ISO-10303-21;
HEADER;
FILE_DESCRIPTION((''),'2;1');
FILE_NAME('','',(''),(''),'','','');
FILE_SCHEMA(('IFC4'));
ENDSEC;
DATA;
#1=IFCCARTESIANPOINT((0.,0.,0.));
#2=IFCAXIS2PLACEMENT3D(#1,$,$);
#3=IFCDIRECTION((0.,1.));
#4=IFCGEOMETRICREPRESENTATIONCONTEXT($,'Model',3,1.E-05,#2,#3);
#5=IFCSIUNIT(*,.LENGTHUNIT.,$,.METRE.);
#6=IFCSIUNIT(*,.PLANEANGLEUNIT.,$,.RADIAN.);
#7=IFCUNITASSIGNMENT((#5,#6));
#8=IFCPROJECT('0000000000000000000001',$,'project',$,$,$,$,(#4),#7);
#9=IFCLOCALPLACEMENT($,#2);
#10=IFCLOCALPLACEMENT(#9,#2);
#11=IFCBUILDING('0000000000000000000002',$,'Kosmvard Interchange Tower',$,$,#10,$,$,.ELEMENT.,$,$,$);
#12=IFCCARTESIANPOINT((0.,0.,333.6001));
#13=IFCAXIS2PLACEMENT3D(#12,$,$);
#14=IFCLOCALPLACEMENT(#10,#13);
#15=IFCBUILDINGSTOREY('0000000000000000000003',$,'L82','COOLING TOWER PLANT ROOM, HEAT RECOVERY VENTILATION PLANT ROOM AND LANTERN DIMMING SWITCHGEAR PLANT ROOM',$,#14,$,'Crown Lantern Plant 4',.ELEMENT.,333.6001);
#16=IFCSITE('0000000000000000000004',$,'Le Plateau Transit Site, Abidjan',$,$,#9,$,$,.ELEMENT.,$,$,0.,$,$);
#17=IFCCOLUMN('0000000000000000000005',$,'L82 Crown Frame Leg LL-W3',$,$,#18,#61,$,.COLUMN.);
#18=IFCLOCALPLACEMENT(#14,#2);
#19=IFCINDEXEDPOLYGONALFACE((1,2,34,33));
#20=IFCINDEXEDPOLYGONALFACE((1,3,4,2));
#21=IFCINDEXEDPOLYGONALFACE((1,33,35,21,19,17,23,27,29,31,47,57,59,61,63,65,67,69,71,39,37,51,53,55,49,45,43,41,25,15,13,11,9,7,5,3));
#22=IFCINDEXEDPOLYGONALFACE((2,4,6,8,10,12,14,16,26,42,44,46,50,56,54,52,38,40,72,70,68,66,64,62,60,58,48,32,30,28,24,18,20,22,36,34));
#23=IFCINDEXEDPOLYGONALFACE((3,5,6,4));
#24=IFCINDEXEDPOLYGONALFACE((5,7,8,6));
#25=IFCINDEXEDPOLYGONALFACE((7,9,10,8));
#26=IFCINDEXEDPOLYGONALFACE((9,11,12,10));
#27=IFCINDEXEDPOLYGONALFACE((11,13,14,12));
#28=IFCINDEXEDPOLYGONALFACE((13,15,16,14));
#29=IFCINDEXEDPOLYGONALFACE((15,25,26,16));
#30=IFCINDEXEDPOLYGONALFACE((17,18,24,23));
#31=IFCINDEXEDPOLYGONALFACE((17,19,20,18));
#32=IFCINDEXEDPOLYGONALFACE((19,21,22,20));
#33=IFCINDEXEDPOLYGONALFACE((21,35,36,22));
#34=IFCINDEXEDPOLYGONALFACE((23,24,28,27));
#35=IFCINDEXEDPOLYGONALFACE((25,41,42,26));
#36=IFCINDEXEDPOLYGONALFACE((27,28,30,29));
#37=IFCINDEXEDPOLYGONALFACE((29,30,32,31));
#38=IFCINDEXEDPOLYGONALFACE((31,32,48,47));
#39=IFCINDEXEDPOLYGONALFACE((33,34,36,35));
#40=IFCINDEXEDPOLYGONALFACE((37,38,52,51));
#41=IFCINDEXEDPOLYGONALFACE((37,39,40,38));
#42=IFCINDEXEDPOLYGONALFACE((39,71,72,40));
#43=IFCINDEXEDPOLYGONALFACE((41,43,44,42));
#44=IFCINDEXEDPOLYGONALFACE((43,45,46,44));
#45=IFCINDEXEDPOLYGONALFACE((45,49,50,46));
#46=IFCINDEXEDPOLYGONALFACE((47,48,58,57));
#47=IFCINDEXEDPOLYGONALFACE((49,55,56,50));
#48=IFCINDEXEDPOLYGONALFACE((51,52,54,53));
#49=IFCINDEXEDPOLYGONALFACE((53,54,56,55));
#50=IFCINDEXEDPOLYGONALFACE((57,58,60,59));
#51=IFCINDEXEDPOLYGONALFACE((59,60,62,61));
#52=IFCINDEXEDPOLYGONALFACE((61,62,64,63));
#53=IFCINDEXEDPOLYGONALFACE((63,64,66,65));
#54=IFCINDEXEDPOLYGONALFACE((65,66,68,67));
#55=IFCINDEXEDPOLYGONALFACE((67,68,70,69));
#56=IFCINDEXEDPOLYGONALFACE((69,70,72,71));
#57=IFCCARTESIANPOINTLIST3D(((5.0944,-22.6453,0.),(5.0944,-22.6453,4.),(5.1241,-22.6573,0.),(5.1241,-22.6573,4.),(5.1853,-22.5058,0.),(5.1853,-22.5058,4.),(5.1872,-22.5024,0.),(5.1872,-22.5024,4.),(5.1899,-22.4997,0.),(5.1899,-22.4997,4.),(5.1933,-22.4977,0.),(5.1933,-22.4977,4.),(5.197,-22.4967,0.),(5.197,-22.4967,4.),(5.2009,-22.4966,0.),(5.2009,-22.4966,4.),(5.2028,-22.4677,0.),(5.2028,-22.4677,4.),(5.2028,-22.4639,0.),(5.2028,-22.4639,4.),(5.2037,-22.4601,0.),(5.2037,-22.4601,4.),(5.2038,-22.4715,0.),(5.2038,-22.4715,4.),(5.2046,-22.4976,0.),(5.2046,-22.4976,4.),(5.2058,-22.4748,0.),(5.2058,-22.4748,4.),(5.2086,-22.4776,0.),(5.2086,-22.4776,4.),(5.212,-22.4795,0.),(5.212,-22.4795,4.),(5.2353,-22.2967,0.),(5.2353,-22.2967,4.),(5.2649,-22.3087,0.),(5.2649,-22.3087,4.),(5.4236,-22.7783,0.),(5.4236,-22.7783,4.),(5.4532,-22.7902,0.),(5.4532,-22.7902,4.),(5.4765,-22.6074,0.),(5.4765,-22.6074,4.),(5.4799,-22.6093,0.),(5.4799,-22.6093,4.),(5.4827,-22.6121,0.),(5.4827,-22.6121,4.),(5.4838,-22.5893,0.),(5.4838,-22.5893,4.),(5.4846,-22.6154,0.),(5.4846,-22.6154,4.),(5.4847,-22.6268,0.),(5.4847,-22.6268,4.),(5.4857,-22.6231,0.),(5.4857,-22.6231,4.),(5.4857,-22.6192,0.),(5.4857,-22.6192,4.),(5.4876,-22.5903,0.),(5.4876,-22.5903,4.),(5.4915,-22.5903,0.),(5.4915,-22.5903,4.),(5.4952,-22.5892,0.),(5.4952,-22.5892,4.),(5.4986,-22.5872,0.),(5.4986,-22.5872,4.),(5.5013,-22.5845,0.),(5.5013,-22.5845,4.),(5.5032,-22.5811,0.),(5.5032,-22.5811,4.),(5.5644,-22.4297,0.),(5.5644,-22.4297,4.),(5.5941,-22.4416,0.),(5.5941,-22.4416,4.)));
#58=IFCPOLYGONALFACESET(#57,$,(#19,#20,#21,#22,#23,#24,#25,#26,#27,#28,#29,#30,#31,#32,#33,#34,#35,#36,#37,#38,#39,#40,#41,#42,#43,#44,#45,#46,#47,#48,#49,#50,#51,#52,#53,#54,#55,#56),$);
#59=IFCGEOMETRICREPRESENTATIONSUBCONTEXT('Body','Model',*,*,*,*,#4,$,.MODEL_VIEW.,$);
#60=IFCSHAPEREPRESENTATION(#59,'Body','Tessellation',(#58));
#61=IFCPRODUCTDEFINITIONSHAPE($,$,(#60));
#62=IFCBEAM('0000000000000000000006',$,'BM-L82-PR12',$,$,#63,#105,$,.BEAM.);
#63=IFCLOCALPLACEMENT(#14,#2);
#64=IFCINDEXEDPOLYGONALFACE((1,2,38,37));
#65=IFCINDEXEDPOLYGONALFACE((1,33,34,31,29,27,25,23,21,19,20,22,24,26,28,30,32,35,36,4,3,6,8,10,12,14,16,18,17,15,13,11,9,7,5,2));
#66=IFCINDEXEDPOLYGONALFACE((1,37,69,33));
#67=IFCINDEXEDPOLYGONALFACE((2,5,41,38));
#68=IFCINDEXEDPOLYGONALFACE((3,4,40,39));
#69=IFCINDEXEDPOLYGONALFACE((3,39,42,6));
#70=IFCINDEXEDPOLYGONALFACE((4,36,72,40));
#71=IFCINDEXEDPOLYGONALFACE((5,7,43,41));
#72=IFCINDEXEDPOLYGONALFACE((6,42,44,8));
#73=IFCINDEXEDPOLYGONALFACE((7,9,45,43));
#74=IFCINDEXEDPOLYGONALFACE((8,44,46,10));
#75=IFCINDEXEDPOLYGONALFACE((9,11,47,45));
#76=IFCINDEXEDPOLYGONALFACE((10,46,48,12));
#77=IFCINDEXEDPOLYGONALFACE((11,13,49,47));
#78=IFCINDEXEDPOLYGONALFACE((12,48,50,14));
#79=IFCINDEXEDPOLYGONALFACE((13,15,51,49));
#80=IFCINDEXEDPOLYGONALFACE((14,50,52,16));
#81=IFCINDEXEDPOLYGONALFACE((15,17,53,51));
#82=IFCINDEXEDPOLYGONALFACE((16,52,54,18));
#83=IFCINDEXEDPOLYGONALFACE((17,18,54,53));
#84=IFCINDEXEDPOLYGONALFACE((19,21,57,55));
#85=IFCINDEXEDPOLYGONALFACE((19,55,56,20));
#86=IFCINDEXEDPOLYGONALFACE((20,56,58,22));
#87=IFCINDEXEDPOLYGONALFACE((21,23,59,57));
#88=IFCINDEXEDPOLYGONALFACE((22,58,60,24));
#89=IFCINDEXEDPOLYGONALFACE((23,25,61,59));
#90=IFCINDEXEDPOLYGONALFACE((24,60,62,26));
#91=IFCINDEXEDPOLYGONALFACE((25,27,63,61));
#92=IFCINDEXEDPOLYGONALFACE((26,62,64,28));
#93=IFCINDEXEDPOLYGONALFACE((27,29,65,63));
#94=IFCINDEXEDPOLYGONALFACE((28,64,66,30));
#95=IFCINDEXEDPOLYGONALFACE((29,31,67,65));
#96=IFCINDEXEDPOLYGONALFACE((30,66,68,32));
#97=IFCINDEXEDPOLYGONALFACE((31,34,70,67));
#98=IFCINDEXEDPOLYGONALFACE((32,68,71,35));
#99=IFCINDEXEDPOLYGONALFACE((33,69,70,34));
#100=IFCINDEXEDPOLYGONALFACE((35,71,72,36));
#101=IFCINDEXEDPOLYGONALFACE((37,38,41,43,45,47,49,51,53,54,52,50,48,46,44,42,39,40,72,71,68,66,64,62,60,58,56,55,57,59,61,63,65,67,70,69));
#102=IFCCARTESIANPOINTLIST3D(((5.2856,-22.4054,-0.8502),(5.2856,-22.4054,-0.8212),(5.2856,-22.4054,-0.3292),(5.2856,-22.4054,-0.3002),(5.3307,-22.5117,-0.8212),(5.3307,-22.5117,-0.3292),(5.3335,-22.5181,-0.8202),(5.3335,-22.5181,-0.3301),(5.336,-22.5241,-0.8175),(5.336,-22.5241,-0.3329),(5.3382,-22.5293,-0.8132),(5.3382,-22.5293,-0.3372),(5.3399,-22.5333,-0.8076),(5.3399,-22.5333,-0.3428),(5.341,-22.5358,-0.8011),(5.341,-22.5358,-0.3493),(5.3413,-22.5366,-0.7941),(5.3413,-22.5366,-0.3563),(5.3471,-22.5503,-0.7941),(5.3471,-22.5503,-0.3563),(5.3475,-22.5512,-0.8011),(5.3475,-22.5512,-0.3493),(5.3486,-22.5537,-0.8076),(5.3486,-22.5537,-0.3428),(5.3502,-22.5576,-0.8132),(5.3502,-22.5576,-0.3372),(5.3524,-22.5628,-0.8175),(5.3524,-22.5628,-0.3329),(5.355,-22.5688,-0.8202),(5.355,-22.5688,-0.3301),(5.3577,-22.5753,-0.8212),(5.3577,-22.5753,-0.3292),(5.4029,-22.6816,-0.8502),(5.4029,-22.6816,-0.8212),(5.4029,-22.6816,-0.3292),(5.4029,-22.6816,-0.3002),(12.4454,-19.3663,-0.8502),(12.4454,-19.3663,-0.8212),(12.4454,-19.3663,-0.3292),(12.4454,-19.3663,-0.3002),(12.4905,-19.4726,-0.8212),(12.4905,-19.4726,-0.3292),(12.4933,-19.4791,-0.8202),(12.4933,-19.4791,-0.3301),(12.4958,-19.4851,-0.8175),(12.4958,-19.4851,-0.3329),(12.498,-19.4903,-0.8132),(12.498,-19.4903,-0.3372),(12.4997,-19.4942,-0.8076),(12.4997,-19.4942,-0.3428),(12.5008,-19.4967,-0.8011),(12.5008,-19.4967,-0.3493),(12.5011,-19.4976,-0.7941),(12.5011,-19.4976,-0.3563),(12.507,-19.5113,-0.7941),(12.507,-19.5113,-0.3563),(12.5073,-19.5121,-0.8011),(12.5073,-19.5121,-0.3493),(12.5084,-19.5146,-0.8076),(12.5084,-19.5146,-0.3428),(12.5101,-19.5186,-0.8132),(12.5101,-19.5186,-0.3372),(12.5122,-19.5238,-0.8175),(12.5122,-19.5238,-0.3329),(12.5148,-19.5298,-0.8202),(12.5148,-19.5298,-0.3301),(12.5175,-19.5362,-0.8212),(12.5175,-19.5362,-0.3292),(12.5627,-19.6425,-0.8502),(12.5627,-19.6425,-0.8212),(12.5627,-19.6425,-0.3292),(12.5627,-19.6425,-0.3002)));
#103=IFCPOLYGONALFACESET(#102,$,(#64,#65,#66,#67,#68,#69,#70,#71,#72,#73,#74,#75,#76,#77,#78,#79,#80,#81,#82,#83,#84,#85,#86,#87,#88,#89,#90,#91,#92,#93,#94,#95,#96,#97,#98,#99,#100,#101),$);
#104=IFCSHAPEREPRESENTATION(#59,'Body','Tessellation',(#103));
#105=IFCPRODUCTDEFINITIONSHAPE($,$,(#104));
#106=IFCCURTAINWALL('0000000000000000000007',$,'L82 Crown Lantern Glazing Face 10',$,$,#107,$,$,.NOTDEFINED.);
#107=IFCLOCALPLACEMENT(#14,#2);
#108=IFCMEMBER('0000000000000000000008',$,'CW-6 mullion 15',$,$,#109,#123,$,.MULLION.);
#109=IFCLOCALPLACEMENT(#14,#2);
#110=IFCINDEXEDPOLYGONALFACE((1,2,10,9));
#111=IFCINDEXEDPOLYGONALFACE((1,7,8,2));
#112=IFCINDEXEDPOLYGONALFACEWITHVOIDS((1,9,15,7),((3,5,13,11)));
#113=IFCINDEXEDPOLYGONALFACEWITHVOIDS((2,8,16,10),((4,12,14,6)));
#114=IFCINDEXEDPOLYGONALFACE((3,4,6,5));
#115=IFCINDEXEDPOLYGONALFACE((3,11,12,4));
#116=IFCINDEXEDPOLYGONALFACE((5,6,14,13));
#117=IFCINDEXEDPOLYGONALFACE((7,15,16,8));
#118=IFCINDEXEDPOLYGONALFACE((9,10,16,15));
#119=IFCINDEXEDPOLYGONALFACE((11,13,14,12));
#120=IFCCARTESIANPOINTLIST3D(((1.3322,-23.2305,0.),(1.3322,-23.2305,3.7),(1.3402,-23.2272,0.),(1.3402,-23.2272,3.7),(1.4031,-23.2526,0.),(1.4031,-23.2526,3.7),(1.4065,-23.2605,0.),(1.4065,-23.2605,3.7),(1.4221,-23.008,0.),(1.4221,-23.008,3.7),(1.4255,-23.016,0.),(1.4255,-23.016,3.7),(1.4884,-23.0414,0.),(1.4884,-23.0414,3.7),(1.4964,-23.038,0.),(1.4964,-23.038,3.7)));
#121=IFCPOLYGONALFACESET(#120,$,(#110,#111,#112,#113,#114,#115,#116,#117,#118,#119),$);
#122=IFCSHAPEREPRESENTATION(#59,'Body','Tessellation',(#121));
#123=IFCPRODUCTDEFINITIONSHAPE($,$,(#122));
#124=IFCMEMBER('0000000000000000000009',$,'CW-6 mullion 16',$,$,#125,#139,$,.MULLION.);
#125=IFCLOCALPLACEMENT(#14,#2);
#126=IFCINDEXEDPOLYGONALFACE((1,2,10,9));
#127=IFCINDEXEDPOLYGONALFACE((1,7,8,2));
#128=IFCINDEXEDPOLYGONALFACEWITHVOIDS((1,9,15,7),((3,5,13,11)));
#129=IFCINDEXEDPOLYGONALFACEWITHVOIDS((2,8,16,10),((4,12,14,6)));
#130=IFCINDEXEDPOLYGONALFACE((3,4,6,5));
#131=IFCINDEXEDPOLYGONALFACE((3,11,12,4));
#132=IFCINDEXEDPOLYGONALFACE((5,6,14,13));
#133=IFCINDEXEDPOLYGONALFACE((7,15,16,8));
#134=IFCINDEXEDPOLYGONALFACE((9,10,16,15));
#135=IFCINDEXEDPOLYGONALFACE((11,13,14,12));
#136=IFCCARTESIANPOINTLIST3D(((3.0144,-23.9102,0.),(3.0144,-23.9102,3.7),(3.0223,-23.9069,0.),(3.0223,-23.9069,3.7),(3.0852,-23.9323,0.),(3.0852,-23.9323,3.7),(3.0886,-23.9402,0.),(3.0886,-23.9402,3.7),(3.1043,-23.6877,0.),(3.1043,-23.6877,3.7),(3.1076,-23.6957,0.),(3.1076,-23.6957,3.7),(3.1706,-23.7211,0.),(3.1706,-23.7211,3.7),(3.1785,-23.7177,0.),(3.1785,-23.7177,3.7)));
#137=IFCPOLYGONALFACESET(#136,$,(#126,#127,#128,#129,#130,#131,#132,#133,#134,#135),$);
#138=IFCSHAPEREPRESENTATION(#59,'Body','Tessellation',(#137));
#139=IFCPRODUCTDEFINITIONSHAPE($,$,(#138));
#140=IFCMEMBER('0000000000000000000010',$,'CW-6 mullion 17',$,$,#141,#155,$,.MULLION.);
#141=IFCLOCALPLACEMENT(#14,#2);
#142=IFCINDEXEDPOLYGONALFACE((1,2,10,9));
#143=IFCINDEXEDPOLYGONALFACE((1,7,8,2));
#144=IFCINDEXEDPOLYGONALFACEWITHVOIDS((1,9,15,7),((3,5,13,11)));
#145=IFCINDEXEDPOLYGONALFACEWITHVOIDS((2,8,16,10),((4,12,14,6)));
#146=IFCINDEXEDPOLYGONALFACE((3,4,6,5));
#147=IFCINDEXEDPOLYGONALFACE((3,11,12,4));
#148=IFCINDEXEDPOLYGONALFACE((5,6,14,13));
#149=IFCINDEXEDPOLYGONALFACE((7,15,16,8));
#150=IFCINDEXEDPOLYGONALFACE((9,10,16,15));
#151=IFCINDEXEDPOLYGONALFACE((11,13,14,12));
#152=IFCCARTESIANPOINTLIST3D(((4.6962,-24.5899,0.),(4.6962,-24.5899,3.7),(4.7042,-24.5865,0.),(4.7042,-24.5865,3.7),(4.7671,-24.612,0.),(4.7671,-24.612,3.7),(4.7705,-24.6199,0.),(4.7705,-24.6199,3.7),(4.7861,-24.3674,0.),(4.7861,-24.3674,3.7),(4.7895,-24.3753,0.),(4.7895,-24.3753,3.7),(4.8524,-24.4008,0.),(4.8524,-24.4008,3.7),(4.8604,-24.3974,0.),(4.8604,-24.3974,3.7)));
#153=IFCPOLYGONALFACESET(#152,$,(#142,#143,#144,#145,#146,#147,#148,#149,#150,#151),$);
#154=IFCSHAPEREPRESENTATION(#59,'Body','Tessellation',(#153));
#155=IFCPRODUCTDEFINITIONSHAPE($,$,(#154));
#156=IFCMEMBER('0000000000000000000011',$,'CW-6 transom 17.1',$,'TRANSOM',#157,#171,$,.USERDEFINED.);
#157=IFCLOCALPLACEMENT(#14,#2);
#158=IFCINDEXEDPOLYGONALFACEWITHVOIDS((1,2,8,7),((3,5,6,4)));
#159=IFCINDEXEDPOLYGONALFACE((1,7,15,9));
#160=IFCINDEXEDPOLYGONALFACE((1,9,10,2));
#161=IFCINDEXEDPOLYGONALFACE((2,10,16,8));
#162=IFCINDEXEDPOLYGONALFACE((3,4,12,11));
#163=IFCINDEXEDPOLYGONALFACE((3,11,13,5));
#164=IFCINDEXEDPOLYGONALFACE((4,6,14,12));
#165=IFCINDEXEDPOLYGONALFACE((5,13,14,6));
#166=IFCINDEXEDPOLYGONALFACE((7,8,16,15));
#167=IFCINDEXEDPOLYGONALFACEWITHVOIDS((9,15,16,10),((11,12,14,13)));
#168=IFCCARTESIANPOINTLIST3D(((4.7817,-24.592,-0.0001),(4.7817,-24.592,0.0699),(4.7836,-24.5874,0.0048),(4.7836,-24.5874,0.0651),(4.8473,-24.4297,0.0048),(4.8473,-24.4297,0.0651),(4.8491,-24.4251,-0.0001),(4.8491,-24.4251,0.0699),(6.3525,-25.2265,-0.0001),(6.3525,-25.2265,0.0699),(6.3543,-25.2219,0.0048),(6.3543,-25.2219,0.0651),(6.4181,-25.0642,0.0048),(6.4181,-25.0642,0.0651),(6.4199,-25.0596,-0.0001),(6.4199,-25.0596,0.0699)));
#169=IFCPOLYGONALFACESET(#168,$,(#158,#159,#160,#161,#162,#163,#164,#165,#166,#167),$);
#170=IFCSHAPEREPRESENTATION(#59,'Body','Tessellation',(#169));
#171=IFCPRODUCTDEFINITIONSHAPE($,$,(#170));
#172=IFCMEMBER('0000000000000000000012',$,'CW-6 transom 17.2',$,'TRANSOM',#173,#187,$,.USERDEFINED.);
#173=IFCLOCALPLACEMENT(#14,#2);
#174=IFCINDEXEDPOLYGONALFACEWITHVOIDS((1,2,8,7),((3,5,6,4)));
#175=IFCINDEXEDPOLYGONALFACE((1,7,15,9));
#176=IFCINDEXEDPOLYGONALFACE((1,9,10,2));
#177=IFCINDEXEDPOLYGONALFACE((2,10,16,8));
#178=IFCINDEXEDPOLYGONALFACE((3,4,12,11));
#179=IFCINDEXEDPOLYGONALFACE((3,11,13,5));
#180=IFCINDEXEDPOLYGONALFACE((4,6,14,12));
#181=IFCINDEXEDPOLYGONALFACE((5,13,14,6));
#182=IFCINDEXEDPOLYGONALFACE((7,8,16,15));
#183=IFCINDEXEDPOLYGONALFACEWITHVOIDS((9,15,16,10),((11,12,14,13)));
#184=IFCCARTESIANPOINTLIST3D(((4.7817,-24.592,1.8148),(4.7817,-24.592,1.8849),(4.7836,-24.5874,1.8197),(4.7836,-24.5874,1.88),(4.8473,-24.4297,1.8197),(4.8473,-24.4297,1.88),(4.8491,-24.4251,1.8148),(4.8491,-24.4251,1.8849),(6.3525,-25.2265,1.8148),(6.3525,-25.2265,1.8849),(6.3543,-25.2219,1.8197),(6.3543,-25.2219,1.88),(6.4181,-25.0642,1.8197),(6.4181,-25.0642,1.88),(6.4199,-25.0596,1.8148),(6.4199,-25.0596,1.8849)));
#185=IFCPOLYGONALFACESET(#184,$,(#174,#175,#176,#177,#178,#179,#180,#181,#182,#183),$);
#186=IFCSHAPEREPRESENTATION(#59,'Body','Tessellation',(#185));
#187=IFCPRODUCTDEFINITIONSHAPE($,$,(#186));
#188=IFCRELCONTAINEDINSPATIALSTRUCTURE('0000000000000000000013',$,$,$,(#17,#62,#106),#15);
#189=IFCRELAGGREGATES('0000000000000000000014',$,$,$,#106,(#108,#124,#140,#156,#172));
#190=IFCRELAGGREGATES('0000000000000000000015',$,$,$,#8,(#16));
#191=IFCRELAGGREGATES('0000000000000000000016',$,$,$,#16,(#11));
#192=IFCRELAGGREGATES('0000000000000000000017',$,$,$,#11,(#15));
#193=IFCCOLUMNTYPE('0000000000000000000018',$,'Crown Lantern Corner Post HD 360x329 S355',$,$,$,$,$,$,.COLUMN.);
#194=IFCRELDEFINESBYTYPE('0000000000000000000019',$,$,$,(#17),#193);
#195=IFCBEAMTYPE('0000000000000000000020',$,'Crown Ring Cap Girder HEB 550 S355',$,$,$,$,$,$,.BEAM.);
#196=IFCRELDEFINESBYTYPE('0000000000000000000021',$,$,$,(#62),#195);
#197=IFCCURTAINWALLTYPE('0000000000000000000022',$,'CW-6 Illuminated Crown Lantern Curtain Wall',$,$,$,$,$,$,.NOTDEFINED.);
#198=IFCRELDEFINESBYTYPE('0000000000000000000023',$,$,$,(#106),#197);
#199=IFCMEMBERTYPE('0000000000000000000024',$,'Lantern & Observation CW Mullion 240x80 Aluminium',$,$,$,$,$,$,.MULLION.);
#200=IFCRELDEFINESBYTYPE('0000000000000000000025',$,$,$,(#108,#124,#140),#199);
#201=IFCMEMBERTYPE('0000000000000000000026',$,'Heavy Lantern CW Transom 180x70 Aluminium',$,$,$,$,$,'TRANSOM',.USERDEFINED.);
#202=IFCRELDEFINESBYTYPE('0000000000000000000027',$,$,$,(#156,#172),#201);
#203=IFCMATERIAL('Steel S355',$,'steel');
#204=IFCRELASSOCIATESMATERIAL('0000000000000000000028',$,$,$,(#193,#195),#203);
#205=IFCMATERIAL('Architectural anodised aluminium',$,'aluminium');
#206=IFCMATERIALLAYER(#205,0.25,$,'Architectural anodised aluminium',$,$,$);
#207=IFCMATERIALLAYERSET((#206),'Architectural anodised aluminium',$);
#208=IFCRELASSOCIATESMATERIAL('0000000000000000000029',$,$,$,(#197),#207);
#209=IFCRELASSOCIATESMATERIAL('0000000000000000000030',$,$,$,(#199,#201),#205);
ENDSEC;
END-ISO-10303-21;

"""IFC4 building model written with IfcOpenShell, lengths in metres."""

from ifc_helpers import new_model, si_unit, direction, frame, origin, origin_2d, place, context, subcontext, project, spatial, hollow_rectangle, i_section, extrude, source, transform, mapped, material, layer, layer_set, material_profile, profile_set, type_object, element, aggregate, save


model = new_model("IFC4")

# Units and contexts
model_context = context("Model", 3, precision=1e-05, world=origin(), true_north=direction((0.0, 1.0)))
body_context = subcontext(model_context, "Body", "Model", "MODEL_VIEW")
ifc_project = project(units=[si_unit("LENGTHUNIT", "METRE"), si_unit("PLANEANGLEUNIT", "RADIAN")], contexts=[model_context])

# Site, building, storey
site_placement = place(None, origin())
site = spatial("IfcSite", under=ifc_project, at=site_placement, Name="Le Plateau Transit Site, Abidjan", CompositionType="ELEMENT", RefElevation=0.0)
building_placement = place(site_placement, origin())
building = spatial("IfcBuilding", under=site, at=building_placement, Name="Kosmvard Interchange Tower", CompositionType="ELEMENT")
storey_placement = place(building_placement, frame((0.0, 0.0, 333.6001)))
storey = spatial("IfcBuildingStorey", under=building, at=storey_placement, Name="L82", Description="COOLING TOWER PLANT ROOM, HEAT RECOVERY VENTILATION PLANT ROOM AND LANTERN DIMMING SWITCHGEAR PLANT ROOM", LongName="Crown Lantern Plant 4", CompositionType="ELEMENT", Elevation=333.6001)

# Column
ifc_material_1 = material(Name="Steel S355", Category="steel")
ifc_material_profile_1 = material_profile(ifc_material_1, i_section(OverallWidth=0.376, OverallDepth=0.387, WebThickness=0.0195, FlangeThickness=0.032, FilletRadius=0.0149, at=origin_2d()), Name="HD 360x329")
ifc_profile_set_1 = profile_set([ifc_material_profile_1], Name="Steel S355")
column_type = type_object("IfcColumnType", Name="Crown Lantern Corner Post HD 360x329 S355", PredefinedType="COLUMN", material=ifc_profile_set_1)
shared_shape_1 = source(origin(), body_context, "Body", "SweptSolid", [
    extrude(i_section(OverallWidth=0.376, OverallDepth=0.387, WebThickness=0.0195, FlangeThickness=0.032, FilletRadius=0.0149, at=origin_2d()), origin(), (0.0, 0.0, 1.0), 4.0),
])
column_placement = place(storey_placement, frame((5.3442, -22.5435, 0.0), z_axis=(0.0, 0.0, 1.0), x_axis=(0.374607, 0.927184, 0.0)))
element("IfcColumn", 1, at=column_placement, inside=storey, type_object=column_type, Name="L82 Crown Frame Leg LL-W3", PredefinedType="COLUMN", context=body_context, shape_type="MappedRepresentation", body=[
    mapped(shared_shape_1, transform((0.0, 0.0, 0.0), scale=1.0)),
])

# Beam
ifc_material_profile_2 = material_profile(ifc_material_1, i_section(OverallWidth=0.3, OverallDepth=0.55, WebThickness=0.0149, FlangeThickness=0.0291, FilletRadius=0.0271, at=origin_2d()), Name="HEB 550")
ifc_profile_set_2 = profile_set([ifc_material_profile_2], Name="Steel S355")
beam_type = type_object("IfcBeamType", Name="Crown Ring Cap Girder HEB 550 S355", PredefinedType="BEAM", material=ifc_profile_set_2)
shared_shape_2 = source(origin(), body_context, "Body", "SweptSolid", [
    extrude(i_section(OverallWidth=0.3, OverallDepth=0.55, WebThickness=0.0149, FlangeThickness=0.0291, FilletRadius=0.0271, at=origin_2d()), origin(), (0.0, 0.0, 1.0), 7.7781),
])
beam_placement = place(storey_placement, frame((5.3442, -22.5435, -0.5752), z_axis=(0.920511, 0.390716, 0.0), x_axis=(-0.390716, 0.920511, 0.0)))
element("IfcBeam", 2, at=beam_placement, inside=storey, type_object=beam_type, Name="BM-L82-PR12", PredefinedType="BEAM", context=body_context, shape_type="MappedRepresentation", body=[
    mapped(shared_shape_2, transform((0.0, 0.0, 0.0), scale=1.0)),
])

# Curtain wall, members
ifc_material_2 = material(Name="Architectural anodised aluminium", Category="aluminium")
ifc_layer_1 = layer(ifc_material_2, 0.25, Name="Architectural anodised aluminium")
ifc_layer_set_1 = layer_set([ifc_layer_1], Name="Architectural anodised aluminium")
curtain_wall_type = type_object("IfcCurtainWallType", Name="CW-6 Illuminated Crown Lantern Curtain Wall", PredefinedType="NOTDEFINED", material=ifc_layer_set_1)
curtain_wall_placement = place(storey_placement, origin())
curtain_wall = element("IfcCurtainWall", 3, at=curtain_wall_placement, inside=storey, type_object=curtain_wall_type, Name="L82 Crown Lantern Glazing Face 10", PredefinedType="NOTDEFINED")
ifc_material_profile_3 = material_profile(ifc_material_2, hollow_rectangle(XDim=0.24, YDim=0.0801, WallThickness=0.0061, at=origin_2d()), Name="CWM 240x80x6")
ifc_profile_set_3 = profile_set([ifc_material_profile_3], Name="Architectural anodised aluminium")
member_type_1 = type_object("IfcMemberType", Name="Lantern & Observation CW Mullion 240x80 Aluminium", PredefinedType="MULLION", material=ifc_profile_set_3)
shared_shape_3 = source(origin(), body_context, "Body", "SweptSolid", [
    extrude(hollow_rectangle(XDim=0.24, YDim=0.0801, WallThickness=0.0061, at=origin_2d()), origin(), (0.0, 0.0, 1.0), 3.7),
])
member_1_placement = place(storey_placement, frame((1.4143, -23.1343, 0.0), z_axis=(0.0, 0.0, 1.0), x_axis=(0.374607, 0.927184, 0.0)))
member_1 = element("IfcMember", 4, at=member_1_placement, type_object=member_type_1, Name="CW-6 mullion 15", PredefinedType="MULLION", context=body_context, shape_type="MappedRepresentation", body=[
    mapped(shared_shape_3, transform((0.0, 0.0, 0.0), scale=1.0)),
])
member_2_placement = place(storey_placement, frame((3.0964, -23.814, 0.0), z_axis=(0.0, 0.0, 1.0), x_axis=(0.374607, 0.927184, 0.0)))
member_2 = element("IfcMember", 5, at=member_2_placement, type_object=member_type_1, Name="CW-6 mullion 16", PredefinedType="MULLION", context=body_context, shape_type="MappedRepresentation", body=[
    mapped(shared_shape_3, transform((0.0, 0.0, 0.0), scale=1.0)),
])
member_3_placement = place(storey_placement, frame((4.7783, -24.4937, 0.0), z_axis=(0.0, 0.0, 1.0), x_axis=(0.374607, 0.927184, 0.0)))
member_3 = element("IfcMember", 6, at=member_3_placement, type_object=member_type_1, Name="CW-6 mullion 17", PredefinedType="MULLION", context=body_context, shape_type="MappedRepresentation", body=[
    mapped(shared_shape_3, transform((0.0, 0.0, 0.0), scale=1.0)),
])
ifc_material_profile_4 = material_profile(ifc_material_2, hollow_rectangle(XDim=0.1799, YDim=0.0701, WallThickness=0.0049, at=origin_2d()), Name="CWT 180x70x5")
ifc_profile_set_4 = profile_set([ifc_material_profile_4], Name="Architectural anodised aluminium")
member_type_2 = type_object("IfcMemberType", Name="Heavy Lantern CW Transom 180x70 Aluminium", ElementType="TRANSOM", PredefinedType="USERDEFINED", material=ifc_profile_set_4)
shared_shape_4 = source(origin(), body_context, "Body", "SweptSolid", [
    extrude(hollow_rectangle(XDim=0.1799, YDim=0.0701, WallThickness=0.0049, at=origin_2d()), origin(), (0.0, 0.0, 1.0), 1.6941),
])
member_4_placement = place(storey_placement, frame((4.8154, -24.5085, 0.0349), z_axis=(0.927209, -0.374544, 0.0), x_axis=(0.374544, 0.927209, 0.0)))
member_4 = element("IfcMember", 7, at=member_4_placement, type_object=member_type_2, Name="CW-6 transom 17.1", ObjectType="TRANSOM", PredefinedType="USERDEFINED", context=body_context, shape_type="MappedRepresentation", body=[
    mapped(shared_shape_4, transform((0.0, 0.0, 0.0), scale=1.0)),
])
member_5_placement = place(storey_placement, frame((4.8154, -24.5085, 1.8499), z_axis=(0.927209, -0.374544, 0.0), x_axis=(0.374544, 0.927209, 0.0)))
member_5 = element("IfcMember", 8, at=member_5_placement, type_object=member_type_2, Name="CW-6 transom 17.2", ObjectType="TRANSOM", PredefinedType="USERDEFINED", context=body_context, shape_type="MappedRepresentation", body=[
    mapped(shared_shape_4, transform((0.0, 0.0, 0.0), scale=1.0)),
])

aggregate(curtain_wall, [member_1, member_2, member_3, member_4, member_5])

save(model, "model.ifc")
